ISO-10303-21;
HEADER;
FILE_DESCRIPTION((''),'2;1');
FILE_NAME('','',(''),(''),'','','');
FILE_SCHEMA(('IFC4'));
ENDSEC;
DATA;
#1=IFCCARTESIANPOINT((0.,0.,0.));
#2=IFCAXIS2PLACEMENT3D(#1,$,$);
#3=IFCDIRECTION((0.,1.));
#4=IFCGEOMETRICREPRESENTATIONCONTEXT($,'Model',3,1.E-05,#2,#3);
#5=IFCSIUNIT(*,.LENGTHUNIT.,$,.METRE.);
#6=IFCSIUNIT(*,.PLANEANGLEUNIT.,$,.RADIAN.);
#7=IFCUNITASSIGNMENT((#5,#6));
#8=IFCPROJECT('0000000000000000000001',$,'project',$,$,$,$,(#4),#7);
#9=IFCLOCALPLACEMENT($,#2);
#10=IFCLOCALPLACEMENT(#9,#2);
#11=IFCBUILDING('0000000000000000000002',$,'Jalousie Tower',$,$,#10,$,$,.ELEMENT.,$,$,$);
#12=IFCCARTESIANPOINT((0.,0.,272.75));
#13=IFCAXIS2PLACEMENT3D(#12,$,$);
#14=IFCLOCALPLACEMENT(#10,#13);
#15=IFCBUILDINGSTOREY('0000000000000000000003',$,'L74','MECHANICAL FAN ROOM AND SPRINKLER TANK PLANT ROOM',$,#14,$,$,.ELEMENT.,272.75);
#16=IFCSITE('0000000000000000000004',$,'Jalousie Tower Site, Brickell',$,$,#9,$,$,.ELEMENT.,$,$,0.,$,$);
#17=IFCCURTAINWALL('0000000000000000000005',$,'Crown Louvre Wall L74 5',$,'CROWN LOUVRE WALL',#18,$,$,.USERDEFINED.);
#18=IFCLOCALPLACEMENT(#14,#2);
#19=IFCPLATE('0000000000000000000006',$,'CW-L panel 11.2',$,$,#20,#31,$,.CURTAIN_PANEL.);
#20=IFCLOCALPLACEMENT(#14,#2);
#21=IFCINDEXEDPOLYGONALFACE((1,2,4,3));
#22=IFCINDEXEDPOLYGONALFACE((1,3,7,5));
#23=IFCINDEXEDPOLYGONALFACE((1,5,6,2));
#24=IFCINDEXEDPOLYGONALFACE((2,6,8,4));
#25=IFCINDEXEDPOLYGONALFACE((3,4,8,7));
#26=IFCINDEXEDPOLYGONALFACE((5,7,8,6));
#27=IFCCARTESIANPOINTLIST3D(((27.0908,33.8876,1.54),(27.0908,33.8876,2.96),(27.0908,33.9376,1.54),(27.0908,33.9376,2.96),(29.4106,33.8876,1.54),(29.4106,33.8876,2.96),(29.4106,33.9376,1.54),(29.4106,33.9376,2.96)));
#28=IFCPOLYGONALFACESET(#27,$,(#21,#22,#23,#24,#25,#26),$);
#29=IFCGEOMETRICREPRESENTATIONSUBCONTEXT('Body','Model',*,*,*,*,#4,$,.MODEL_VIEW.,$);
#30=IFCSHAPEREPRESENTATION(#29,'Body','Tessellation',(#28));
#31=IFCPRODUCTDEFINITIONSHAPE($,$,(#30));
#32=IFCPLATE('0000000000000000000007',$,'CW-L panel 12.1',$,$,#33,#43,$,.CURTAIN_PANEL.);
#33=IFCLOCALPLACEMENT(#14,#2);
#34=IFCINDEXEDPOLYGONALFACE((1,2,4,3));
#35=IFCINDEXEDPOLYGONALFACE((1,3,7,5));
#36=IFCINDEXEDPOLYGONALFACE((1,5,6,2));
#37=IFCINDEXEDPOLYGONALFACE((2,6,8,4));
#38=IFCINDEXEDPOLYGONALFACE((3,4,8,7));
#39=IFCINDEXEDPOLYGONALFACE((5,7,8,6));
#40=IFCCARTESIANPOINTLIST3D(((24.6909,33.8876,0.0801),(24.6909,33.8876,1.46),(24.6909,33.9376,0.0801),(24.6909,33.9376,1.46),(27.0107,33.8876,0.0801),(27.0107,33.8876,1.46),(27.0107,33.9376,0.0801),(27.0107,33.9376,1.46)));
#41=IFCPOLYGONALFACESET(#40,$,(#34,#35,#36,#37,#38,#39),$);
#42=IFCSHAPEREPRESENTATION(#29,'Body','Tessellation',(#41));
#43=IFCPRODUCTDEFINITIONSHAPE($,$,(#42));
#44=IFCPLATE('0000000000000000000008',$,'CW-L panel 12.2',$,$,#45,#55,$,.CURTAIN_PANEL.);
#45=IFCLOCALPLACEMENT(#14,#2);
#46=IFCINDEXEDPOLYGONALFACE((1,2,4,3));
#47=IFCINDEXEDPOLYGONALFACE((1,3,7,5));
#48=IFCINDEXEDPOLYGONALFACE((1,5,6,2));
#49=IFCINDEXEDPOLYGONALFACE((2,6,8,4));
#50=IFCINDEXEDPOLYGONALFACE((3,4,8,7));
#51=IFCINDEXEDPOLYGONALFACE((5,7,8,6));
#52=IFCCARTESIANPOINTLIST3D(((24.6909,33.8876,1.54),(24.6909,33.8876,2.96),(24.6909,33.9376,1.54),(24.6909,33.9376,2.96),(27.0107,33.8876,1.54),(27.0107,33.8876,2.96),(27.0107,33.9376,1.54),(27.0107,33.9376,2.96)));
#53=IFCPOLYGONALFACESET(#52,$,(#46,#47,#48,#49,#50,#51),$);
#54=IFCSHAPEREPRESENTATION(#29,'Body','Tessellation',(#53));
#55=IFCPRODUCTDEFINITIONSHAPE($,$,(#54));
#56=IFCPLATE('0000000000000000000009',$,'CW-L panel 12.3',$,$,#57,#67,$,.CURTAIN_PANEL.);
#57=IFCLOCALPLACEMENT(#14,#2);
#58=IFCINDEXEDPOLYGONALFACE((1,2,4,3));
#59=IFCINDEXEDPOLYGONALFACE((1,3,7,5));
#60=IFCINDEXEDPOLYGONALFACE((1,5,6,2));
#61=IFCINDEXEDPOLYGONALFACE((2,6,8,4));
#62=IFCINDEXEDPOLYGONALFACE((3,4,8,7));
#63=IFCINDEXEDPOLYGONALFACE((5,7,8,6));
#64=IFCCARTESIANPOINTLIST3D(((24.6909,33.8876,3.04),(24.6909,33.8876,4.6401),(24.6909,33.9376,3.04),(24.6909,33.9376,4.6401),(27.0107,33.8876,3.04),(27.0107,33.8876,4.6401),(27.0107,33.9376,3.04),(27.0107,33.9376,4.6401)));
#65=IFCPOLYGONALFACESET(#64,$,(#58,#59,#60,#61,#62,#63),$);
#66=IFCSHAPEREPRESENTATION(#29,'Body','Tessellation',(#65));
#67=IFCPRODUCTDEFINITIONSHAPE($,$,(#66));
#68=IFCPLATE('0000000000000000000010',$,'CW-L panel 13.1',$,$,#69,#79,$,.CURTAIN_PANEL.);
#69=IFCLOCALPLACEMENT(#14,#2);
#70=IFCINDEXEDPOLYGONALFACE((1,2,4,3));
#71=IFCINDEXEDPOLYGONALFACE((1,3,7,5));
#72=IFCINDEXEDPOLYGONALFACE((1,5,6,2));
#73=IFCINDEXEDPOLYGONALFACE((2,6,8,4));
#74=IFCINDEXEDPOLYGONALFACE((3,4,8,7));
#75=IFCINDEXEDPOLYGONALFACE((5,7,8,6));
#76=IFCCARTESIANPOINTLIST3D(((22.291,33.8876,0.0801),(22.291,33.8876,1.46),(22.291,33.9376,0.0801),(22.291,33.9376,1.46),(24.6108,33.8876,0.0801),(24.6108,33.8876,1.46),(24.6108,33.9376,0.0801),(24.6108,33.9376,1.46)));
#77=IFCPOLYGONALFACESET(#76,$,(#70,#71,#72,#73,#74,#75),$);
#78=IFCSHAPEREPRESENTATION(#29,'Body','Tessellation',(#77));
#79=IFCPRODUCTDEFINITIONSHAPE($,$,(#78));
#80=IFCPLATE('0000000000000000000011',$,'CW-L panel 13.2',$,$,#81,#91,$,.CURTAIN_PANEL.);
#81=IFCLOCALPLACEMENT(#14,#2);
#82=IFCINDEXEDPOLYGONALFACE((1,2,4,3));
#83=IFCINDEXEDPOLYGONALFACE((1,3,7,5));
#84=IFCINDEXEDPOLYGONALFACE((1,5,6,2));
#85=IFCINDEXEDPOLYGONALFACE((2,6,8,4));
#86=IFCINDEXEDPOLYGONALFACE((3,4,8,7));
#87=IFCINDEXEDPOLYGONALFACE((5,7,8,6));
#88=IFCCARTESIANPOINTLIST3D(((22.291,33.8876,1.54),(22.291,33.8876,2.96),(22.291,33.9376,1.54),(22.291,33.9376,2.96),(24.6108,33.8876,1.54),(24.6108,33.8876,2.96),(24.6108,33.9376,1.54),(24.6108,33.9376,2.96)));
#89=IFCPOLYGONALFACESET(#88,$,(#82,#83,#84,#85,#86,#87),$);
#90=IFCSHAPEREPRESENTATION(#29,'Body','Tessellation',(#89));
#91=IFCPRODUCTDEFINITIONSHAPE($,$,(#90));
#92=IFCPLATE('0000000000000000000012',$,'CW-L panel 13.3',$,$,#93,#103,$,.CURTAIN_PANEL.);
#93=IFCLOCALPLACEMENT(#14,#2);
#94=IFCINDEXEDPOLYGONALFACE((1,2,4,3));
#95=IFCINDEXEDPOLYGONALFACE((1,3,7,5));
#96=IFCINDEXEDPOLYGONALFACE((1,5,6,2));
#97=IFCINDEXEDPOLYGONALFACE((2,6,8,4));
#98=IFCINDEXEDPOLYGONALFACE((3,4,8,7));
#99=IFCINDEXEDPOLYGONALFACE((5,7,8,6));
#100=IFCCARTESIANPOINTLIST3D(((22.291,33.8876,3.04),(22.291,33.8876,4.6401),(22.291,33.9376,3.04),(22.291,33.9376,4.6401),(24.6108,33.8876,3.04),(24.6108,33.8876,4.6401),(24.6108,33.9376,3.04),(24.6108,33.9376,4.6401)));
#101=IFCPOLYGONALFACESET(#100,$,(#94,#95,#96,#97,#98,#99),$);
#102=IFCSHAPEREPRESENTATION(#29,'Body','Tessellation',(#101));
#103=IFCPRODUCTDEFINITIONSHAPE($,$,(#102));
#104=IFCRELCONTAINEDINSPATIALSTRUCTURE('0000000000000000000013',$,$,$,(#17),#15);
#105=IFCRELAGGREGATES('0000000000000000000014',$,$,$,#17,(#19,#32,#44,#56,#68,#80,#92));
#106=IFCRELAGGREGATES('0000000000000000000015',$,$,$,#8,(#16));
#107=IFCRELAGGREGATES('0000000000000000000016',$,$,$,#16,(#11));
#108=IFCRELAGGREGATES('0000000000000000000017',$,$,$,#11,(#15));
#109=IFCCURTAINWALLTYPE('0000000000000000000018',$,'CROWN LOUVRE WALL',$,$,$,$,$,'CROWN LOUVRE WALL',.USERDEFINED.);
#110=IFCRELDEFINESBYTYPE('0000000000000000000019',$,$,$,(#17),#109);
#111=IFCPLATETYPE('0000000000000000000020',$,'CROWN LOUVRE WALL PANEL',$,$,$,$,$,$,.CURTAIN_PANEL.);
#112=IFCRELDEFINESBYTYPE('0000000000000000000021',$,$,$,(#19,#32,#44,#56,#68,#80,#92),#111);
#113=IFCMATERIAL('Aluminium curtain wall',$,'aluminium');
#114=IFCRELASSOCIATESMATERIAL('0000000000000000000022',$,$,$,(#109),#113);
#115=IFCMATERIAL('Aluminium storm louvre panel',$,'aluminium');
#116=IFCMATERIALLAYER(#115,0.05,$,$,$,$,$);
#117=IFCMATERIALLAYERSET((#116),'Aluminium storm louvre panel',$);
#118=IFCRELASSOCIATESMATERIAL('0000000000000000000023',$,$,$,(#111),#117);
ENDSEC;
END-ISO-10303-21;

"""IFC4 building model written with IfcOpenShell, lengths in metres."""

from ifc_helpers import new_model, si_unit, direction, frame, origin, origin_2d, place, context, subcontext, project, spatial, rectangle, extrude, material, layer, layer_set, type_object, element, aggregate, save


model = new_model("IFC4")

# Units and contexts
model_context = context("Model", 3, precision=1e-05, world=origin(), true_north=direction((0.0, 1.0)))
body_context = subcontext(model_context, "Body", "Model", "MODEL_VIEW")
ifc_project = project(units=[si_unit("LENGTHUNIT", "METRE"), si_unit("PLANEANGLEUNIT", "RADIAN")], contexts=[model_context])

# Site, building, storey
site_placement = place(None, origin())
site = spatial("IfcSite", under=ifc_project, at=site_placement, Name="Jalousie Tower Site, Brickell", CompositionType="ELEMENT", RefElevation=0.0)
building_placement = place(site_placement, origin())
building = spatial("IfcBuilding", under=site, at=building_placement, Name="Jalousie Tower", CompositionType="ELEMENT")
storey_placement = place(building_placement, frame((0.0, 0.0, 272.75)))
storey = spatial("IfcBuildingStorey", under=building, at=storey_placement, Name="L74", Description="MECHANICAL FAN ROOM AND SPRINKLER TANK PLANT ROOM", CompositionType="ELEMENT", Elevation=272.75)

# Curtain wall, plates
ifc_material_1 = material(Name="Aluminium curtain wall", Category="aluminium")
curtain_wall_type = type_object("IfcCurtainWallType", Name="CROWN LOUVRE WALL", ElementType="CROWN LOUVRE WALL", PredefinedType="USERDEFINED", material=ifc_material_1)
curtain_wall_placement = place(storey_placement, origin())
curtain_wall = element("IfcCurtainWall", 1, at=curtain_wall_placement, inside=storey, type_object=curtain_wall_type, Name="Crown Louvre Wall L74 5", ObjectType="CROWN LOUVRE WALL", PredefinedType="USERDEFINED")
ifc_material_2 = material(Name="Aluminium storm louvre panel", Category="aluminium")
ifc_layer = layer(ifc_material_2, 0.05)
ifc_layer_set = layer_set([ifc_layer], Name="Aluminium storm louvre panel")
plate_type = type_object("IfcPlateType", Name="CROWN LOUVRE WALL PANEL", PredefinedType="CURTAIN_PANEL", material=ifc_layer_set)
plate_1_placement = place(storey_placement, frame((28.2507, 33.9126, 1.54), z_axis=(0.0, 0.0, 1.0), x_axis=(-1.0, 0.0, 0.0)))
plate_1 = element("IfcPlate", 2, at=plate_1_placement, type_object=plate_type, Name="CW-L panel 11.2", PredefinedType="CURTAIN_PANEL", context=body_context, shape_type="SweptSolid", body=[
    extrude(rectangle(XDim=2.3198, YDim=0.05, at=origin_2d()), origin(), (0.0, 0.0, 1.0), 1.4199),
])
plate_2_placement = place(storey_placement, frame((25.8508, 33.9126, 0.0801), z_axis=(0.0, 0.0, 1.0), x_axis=(-1.0, 0.0, 0.0)))
plate_2 = element("IfcPlate", 3, at=plate_2_placement, type_object=plate_type, Name="CW-L panel 12.1", PredefinedType="CURTAIN_PANEL", context=body_context, shape_type="SweptSolid", body=[
    extrude(rectangle(XDim=2.3198, YDim=0.05, at=origin_2d()), origin(), (0.0, 0.0, 1.0), 1.3799),
])
plate_3_placement = place(storey_placement, frame((25.8508, 33.9126, 1.54), z_axis=(0.0, 0.0, 1.0), x_axis=(-1.0, 0.0, 0.0)))
plate_3 = element("IfcPlate", 4, at=plate_3_placement, type_object=plate_type, Name="CW-L panel 12.2", PredefinedType="CURTAIN_PANEL", context=body_context, shape_type="SweptSolid", body=[
    extrude(rectangle(XDim=2.3198, YDim=0.05, at=origin_2d()), origin(), (0.0, 0.0, 1.0), 1.4199),
])
plate_4_placement = place(storey_placement, frame((25.8508, 33.9126, 3.04), z_axis=(0.0, 0.0, 1.0), x_axis=(-1.0, 0.0, 0.0)))
plate_4 = element("IfcPlate", 5, at=plate_4_placement, type_object=plate_type, Name="CW-L panel 12.3", PredefinedType="CURTAIN_PANEL", context=body_context, shape_type="SweptSolid", body=[
    extrude(rectangle(XDim=2.3198, YDim=0.05, at=origin_2d()), origin(), (0.0, 0.0, 1.0), 1.6001),
])
plate_5_placement = place(storey_placement, frame((23.4509, 33.9126, 0.0801), z_axis=(0.0, 0.0, 1.0), x_axis=(-1.0, 0.0, 0.0)))
plate_5 = element("IfcPlate", 6, at=plate_5_placement, type_object=plate_type, Name="CW-L panel 13.1", PredefinedType="CURTAIN_PANEL", context=body_context, shape_type="SweptSolid", body=[
    extrude(rectangle(XDim=2.3198, YDim=0.05, at=origin_2d()), origin(), (0.0, 0.0, 1.0), 1.3799),
])
plate_6_placement = place(storey_placement, frame((23.4509, 33.9126, 1.54), z_axis=(0.0, 0.0, 1.0), x_axis=(-1.0, 0.0, 0.0)))
plate_6 = element("IfcPlate", 7, at=plate_6_placement, type_object=plate_type, Name="CW-L panel 13.2", PredefinedType="CURTAIN_PANEL", context=body_context, shape_type="SweptSolid", body=[
    extrude(rectangle(XDim=2.3198, YDim=0.05, at=origin_2d()), origin(), (0.0, 0.0, 1.0), 1.4199),
])
plate_7_placement = place(storey_placement, frame((23.4509, 33.9126, 3.04), z_axis=(0.0, 0.0, 1.0), x_axis=(-1.0, 0.0, 0.0)))
plate_7 = element("IfcPlate", 8, at=plate_7_placement, type_object=plate_type, Name="CW-L panel 13.3", PredefinedType="CURTAIN_PANEL", context=body_context, shape_type="SweptSolid", body=[
    extrude(rectangle(XDim=2.3198, YDim=0.05, at=origin_2d()), origin(), (0.0, 0.0, 1.0), 1.6001),
])
aggregate(curtain_wall, [plate_1, plate_2, plate_3, plate_4, plate_5, plate_6, plate_7])

save(model, "model.ifc")
